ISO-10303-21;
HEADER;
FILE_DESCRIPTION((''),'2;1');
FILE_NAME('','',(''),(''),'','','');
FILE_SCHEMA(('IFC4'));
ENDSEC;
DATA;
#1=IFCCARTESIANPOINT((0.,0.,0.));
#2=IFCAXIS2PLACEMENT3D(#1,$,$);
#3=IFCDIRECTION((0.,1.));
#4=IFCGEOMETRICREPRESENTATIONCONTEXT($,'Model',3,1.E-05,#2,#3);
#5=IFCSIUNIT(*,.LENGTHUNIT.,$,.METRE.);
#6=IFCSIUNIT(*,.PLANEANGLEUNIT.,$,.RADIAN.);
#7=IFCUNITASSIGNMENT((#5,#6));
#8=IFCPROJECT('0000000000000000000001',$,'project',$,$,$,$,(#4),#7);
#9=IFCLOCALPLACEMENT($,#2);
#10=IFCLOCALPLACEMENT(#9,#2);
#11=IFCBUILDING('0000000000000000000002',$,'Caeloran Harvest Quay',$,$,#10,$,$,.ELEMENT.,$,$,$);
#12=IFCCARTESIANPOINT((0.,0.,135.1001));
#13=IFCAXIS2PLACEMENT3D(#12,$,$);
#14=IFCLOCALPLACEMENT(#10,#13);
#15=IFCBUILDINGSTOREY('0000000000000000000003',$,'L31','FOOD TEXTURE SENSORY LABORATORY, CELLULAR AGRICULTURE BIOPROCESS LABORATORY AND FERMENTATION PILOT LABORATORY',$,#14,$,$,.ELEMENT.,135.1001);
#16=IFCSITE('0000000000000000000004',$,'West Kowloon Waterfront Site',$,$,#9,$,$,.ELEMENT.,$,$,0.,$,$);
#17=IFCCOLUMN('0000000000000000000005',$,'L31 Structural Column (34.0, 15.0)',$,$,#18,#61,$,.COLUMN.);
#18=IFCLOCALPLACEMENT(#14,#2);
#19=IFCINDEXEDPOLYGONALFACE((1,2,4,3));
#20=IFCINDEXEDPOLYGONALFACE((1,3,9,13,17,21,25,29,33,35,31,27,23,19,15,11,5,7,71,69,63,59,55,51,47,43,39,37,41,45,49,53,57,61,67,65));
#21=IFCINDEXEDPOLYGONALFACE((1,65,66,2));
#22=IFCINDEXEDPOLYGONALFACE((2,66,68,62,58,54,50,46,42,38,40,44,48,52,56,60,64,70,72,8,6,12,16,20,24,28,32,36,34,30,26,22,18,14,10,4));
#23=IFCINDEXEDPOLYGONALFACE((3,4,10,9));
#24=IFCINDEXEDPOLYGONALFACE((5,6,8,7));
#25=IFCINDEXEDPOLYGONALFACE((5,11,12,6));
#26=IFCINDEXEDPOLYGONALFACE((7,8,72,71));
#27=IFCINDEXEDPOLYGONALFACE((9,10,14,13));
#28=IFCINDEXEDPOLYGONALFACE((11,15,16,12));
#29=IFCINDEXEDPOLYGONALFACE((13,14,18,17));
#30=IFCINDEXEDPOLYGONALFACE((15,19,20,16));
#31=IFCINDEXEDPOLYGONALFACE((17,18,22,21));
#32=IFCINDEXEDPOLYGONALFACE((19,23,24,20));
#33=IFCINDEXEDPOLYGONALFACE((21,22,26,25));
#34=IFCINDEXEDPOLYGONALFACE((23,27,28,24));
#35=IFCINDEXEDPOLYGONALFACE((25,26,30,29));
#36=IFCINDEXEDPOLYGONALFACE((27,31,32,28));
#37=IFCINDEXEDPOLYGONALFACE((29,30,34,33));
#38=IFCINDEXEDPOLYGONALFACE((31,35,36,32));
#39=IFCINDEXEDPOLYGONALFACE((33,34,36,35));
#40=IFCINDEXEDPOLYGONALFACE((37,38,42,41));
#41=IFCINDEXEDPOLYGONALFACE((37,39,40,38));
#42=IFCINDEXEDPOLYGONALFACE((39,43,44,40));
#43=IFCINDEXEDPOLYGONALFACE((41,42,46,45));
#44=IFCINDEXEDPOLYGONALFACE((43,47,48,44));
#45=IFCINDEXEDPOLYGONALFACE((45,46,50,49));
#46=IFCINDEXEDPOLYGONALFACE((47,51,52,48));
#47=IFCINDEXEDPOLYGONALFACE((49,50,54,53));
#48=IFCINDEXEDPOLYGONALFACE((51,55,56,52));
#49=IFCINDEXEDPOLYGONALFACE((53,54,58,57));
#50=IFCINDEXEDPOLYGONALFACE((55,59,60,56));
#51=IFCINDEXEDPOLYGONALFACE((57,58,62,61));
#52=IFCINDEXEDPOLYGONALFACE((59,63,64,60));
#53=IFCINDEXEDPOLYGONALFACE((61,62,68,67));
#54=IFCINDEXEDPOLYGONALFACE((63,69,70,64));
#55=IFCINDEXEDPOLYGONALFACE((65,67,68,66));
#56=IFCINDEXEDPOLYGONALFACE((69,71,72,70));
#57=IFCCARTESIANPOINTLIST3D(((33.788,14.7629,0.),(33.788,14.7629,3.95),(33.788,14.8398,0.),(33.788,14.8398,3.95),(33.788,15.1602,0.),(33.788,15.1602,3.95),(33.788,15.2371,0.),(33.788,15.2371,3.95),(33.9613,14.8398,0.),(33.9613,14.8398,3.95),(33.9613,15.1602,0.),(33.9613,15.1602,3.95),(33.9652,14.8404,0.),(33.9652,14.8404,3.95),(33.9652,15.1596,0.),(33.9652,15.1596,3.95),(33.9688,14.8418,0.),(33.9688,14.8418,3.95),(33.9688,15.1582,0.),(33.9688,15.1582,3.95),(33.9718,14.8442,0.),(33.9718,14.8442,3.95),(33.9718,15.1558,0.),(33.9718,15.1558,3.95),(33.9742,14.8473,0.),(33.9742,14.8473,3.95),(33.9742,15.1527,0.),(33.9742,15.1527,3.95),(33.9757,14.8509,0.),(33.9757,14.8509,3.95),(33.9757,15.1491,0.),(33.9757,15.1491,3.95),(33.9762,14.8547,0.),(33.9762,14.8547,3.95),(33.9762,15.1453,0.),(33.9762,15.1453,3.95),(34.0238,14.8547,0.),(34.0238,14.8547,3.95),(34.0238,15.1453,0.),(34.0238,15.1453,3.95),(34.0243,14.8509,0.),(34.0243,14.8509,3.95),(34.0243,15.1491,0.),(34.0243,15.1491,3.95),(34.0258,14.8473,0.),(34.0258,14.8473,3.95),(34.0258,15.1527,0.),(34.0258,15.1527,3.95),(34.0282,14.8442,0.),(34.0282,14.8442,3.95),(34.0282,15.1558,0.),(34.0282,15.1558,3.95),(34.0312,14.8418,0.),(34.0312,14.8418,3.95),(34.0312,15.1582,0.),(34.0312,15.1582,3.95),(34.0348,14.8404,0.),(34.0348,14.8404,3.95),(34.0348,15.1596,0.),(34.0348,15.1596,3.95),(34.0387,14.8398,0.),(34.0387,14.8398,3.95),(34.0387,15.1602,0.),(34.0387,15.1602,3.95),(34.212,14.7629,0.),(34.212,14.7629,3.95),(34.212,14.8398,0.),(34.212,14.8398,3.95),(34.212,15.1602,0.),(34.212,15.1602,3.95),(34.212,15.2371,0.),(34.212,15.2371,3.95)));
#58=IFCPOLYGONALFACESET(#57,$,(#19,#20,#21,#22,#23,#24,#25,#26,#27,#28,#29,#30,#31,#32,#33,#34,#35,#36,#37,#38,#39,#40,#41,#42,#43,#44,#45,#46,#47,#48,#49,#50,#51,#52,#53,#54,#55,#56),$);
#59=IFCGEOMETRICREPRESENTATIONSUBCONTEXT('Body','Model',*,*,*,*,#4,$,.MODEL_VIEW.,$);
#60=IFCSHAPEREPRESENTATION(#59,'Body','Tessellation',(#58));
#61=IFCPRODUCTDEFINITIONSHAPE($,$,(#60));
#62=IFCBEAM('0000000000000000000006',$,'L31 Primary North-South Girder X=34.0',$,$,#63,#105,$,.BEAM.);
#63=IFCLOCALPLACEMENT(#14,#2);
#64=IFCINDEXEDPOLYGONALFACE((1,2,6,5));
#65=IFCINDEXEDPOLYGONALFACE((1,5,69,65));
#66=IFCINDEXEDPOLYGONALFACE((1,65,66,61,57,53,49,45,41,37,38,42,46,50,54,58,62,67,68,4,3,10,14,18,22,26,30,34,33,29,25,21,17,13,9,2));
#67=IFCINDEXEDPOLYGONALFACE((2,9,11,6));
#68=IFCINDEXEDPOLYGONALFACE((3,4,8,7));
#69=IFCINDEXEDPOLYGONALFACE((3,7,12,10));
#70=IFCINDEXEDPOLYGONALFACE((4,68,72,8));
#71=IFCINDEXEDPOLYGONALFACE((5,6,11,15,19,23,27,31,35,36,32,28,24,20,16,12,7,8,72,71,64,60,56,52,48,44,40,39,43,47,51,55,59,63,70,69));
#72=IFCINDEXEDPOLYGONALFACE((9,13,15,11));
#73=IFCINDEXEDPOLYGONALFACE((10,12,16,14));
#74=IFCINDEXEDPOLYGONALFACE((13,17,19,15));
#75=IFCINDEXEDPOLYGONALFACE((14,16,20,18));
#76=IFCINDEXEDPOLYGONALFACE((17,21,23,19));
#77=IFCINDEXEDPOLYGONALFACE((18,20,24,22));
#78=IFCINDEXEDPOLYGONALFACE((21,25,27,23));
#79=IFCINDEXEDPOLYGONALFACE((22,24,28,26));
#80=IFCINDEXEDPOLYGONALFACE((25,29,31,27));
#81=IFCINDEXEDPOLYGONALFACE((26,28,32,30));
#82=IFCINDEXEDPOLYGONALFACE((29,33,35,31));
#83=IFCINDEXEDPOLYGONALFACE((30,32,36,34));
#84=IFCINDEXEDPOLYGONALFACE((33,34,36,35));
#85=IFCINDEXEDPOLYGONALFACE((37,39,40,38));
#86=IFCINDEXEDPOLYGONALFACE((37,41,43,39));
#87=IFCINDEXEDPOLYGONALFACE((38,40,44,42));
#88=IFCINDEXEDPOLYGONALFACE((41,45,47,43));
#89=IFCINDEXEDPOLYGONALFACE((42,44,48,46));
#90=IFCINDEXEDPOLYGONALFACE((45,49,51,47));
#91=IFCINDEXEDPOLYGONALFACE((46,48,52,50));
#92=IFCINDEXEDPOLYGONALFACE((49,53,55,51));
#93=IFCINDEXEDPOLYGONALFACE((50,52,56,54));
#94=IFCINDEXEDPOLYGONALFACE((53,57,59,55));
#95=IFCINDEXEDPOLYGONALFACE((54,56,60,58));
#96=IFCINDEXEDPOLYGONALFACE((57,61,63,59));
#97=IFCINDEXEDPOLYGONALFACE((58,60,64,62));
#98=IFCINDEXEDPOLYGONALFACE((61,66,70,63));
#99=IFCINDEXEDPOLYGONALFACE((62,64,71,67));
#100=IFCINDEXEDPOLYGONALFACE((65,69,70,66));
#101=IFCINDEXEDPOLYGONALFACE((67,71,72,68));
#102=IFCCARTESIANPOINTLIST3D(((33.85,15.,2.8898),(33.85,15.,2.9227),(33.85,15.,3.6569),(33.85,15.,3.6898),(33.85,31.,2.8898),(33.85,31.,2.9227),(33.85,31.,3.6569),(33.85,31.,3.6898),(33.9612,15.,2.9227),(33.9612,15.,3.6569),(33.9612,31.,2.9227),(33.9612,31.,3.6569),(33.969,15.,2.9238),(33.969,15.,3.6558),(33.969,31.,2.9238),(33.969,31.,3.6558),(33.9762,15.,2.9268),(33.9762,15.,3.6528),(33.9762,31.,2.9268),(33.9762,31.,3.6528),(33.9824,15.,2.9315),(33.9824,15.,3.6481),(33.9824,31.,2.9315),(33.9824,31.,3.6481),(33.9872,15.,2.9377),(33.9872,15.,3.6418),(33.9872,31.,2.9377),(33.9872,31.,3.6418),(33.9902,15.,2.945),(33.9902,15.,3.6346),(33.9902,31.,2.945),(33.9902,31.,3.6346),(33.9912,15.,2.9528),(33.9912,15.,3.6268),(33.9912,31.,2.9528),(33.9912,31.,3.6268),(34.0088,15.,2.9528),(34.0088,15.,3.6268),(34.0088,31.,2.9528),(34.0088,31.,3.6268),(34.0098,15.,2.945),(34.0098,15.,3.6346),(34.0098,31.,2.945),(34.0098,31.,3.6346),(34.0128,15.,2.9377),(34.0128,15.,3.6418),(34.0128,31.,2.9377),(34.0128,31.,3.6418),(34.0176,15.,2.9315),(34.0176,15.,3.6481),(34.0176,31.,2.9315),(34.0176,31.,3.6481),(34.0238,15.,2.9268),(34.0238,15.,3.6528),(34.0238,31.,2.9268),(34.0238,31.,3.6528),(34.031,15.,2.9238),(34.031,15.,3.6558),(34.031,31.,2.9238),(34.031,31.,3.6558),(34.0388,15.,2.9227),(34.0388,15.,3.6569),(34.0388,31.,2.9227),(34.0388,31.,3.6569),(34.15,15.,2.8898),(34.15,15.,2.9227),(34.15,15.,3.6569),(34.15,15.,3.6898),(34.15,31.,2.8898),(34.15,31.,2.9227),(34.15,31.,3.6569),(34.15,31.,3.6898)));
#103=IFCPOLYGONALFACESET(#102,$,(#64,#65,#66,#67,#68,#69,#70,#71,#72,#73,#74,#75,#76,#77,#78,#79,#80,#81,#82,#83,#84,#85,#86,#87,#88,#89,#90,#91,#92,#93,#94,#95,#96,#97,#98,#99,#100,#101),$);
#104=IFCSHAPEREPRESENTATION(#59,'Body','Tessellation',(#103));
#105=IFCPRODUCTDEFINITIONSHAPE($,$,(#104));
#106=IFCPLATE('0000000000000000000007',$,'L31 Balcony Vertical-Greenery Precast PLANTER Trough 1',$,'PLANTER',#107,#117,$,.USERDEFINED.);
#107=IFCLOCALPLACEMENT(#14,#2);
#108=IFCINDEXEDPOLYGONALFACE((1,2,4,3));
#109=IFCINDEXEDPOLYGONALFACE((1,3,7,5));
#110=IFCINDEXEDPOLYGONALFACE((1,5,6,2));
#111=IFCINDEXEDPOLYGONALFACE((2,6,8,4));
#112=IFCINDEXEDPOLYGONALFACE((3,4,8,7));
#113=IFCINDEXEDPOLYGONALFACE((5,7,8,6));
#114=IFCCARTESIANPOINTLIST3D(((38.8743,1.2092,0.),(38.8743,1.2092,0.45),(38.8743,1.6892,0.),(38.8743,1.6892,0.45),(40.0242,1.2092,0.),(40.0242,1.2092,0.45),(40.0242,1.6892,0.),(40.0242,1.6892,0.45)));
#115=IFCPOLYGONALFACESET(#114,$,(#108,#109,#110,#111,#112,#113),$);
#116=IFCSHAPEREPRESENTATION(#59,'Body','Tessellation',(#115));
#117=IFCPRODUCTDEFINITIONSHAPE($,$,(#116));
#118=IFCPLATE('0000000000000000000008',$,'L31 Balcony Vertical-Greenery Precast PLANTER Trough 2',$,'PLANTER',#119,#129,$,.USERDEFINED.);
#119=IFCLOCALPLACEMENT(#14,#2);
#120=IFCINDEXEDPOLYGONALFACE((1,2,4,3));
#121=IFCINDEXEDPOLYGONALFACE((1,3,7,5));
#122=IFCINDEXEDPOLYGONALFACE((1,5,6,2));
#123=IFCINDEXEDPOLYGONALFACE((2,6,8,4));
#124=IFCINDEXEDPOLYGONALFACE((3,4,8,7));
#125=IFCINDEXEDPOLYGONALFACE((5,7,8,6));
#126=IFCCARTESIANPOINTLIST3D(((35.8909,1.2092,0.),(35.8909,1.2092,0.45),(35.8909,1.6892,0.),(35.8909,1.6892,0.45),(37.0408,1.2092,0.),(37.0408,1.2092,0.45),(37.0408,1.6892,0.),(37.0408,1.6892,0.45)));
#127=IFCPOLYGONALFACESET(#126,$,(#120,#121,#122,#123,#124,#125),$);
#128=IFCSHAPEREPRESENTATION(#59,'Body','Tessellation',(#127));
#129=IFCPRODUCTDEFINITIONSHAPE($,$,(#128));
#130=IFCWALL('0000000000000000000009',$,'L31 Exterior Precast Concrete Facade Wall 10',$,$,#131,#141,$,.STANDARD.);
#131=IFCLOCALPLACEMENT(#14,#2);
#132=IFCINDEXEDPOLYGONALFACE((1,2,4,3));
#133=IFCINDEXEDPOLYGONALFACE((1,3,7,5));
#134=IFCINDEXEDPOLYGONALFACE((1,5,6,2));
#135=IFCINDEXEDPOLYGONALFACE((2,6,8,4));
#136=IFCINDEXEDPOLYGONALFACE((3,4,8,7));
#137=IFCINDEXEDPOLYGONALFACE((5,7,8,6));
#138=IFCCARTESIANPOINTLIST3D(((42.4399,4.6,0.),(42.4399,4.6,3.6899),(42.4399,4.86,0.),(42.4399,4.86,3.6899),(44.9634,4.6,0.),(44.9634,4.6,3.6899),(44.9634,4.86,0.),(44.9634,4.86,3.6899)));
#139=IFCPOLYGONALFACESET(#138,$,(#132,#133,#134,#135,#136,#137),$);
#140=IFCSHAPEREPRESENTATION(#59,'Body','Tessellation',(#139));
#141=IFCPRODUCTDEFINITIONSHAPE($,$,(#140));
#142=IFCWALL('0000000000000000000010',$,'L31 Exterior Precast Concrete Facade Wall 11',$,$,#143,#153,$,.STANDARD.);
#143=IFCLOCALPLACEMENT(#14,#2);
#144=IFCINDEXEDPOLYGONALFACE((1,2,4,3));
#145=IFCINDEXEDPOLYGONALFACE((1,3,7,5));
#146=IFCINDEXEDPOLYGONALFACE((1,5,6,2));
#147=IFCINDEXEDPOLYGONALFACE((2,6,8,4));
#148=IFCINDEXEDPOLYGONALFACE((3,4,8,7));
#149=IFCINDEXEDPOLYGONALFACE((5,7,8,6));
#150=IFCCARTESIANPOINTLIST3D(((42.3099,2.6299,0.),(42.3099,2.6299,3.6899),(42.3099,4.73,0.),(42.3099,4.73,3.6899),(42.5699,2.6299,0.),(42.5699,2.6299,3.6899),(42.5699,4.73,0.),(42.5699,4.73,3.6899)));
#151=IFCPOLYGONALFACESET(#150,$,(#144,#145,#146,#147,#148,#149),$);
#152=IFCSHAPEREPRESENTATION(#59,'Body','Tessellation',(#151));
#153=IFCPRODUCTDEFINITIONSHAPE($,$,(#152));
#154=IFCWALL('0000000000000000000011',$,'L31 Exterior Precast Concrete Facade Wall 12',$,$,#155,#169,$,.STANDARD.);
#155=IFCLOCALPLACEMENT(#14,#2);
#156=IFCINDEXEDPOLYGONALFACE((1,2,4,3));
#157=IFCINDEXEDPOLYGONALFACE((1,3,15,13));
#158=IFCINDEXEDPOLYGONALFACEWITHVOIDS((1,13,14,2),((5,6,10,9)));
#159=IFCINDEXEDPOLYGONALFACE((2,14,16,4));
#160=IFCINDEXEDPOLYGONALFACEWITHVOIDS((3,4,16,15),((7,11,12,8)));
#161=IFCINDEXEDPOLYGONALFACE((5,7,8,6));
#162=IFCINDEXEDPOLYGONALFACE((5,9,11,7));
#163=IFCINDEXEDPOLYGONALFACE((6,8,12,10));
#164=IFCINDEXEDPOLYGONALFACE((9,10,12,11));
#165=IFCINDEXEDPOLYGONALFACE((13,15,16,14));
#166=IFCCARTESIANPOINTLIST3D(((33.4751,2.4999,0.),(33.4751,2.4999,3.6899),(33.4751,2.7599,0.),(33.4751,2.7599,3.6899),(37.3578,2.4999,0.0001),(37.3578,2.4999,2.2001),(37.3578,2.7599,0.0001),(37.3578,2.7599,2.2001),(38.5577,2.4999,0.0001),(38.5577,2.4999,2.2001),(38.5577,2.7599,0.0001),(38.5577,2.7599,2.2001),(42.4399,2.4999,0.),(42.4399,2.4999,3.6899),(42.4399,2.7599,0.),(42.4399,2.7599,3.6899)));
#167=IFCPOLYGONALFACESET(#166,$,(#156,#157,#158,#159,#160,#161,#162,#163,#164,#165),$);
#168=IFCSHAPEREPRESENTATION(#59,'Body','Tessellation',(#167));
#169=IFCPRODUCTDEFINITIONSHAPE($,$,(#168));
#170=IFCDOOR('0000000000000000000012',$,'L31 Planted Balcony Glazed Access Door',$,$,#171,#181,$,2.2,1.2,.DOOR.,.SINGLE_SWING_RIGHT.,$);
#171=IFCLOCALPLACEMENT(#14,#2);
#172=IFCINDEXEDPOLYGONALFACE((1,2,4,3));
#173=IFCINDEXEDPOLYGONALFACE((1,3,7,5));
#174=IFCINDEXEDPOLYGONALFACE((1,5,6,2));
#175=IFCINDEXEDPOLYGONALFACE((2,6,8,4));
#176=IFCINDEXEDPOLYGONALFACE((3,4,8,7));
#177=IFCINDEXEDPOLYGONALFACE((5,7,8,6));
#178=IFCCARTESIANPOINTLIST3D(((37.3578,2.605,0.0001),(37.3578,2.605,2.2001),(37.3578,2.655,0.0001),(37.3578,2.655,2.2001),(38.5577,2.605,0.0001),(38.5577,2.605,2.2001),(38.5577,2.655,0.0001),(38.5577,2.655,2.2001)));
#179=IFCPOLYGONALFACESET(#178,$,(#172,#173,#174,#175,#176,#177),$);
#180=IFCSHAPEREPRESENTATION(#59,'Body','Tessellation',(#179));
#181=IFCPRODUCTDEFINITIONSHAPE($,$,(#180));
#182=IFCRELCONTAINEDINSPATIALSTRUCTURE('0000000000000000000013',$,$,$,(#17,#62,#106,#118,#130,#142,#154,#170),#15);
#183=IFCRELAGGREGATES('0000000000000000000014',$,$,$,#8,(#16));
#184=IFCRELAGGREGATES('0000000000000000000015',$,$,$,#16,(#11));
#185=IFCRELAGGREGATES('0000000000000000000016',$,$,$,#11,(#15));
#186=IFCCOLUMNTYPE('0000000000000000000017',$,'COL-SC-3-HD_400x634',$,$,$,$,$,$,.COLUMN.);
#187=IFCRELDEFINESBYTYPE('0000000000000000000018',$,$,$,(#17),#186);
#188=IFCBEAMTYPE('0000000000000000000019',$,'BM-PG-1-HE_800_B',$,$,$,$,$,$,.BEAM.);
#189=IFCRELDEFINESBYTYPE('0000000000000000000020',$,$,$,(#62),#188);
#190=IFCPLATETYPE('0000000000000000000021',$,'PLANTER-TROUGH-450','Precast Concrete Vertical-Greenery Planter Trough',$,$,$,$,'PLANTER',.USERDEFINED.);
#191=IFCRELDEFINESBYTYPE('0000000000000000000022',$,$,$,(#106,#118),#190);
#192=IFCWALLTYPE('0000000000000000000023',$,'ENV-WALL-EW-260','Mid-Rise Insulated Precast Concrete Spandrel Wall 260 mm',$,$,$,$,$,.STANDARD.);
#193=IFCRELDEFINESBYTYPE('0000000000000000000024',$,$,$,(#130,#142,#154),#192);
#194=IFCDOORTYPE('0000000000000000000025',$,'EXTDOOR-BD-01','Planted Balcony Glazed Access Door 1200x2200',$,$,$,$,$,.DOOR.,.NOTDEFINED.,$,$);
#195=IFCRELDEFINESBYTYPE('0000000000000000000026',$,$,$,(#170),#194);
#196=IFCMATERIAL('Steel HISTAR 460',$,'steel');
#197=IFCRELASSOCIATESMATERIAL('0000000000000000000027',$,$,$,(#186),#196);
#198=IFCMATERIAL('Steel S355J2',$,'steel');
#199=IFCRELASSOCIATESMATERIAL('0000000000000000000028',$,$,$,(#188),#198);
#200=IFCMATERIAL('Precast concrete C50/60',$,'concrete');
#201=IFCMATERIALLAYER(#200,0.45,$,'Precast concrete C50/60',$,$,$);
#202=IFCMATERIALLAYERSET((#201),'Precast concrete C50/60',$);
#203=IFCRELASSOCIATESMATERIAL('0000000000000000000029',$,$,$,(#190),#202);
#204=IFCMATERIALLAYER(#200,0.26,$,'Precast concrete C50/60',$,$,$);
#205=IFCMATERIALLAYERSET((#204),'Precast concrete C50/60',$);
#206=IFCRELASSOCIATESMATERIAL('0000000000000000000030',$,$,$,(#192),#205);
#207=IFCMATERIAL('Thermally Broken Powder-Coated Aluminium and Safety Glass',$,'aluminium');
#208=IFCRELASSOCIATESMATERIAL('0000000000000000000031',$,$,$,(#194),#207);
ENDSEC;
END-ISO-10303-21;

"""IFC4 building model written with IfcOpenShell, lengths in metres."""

from ifc_helpers import new_model, si_unit, direction, frame, frame_2d, origin, origin_2d, place, context, subcontext, project, spatial, rectangle, i_section, extrude, material, layer, layer_set, material_profile, profile_set, type_object, element, fill, save


model = new_model("IFC4")

# Units and contexts
model_context = context("Model", 3, precision=1e-05, world=origin(), true_north=direction((0.0, 1.0)))
body_context = subcontext(model_context, "Body", "Model", "MODEL_VIEW")
ifc_project = project(units=[si_unit("LENGTHUNIT", "METRE"), si_unit("PLANEANGLEUNIT", "RADIAN")], contexts=[model_context])

# Site, building, storey
site_placement = place(None, origin())
site = spatial("IfcSite", under=ifc_project, at=site_placement, Name="West Kowloon Waterfront Site", CompositionType="ELEMENT", RefElevation=0.0)
building_placement = place(site_placement, origin())
building = spatial("IfcBuilding", under=site, at=building_placement, Name="Caeloran Harvest Quay", CompositionType="ELEMENT")
storey_placement = place(building_placement, frame((0.0, 0.0, 135.1001)))
storey = spatial("IfcBuildingStorey", under=building, at=storey_placement, Name="L31", Description="FOOD TEXTURE SENSORY LABORATORY, CELLULAR AGRICULTURE BIOPROCESS LABORATORY AND FERMENTATION PILOT LABORATORY", CompositionType="ELEMENT", Elevation=135.1001)

# Column
ifc_material_1 = material(Name="Steel HISTAR 460", Category="steel")
ifc_material_profile_1 = material_profile(ifc_material_1, i_section(OverallWidth=0.4241, OverallDepth=0.4741, WebThickness=0.0476, FlangeThickness=0.0769, FilletRadius=0.0149, at=origin_2d()), Name="HD 400x634")
ifc_profile_set_1 = profile_set([ifc_material_profile_1], Name="Steel HISTAR 460")
column_type = type_object("IfcColumnType", Name="COL-SC-3-HD_400x634", PredefinedType="COLUMN", material=ifc_profile_set_1)
column_placement = place(storey_placement, frame((34.0, 15.0, 0.0), z_axis=(0.0, 0.0, 1.0), x_axis=(1.0, 0.0, 0.0)))
element("IfcColumn", 1, at=column_placement, inside=storey, type_object=column_type, Name="L31 Structural Column (34.0, 15.0)", PredefinedType="COLUMN", context=body_context, shape_type="SweptSolid", body=[
    extrude(i_section(OverallWidth=0.4241, OverallDepth=0.4741, WebThickness=0.0476, FlangeThickness=0.0769, FilletRadius=0.0149, at=origin_2d()), origin(), (0.0, 0.0, 1.0), 3.95),
])

# Beam
ifc_material_2 = material(Name="Steel S355J2", Category="steel")
ifc_material_profile_2 = material_profile(ifc_material_2, i_section(OverallWidth=0.3, OverallDepth=0.8, WebThickness=0.0176, FlangeThickness=0.033, FilletRadius=0.03, at=origin_2d()), Name="HE 800 B")
ifc_profile_set_2 = profile_set([ifc_material_profile_2], Name="Steel S355J2")
beam_type = type_object("IfcBeamType", Name="BM-PG-1-HE_800_B", PredefinedType="BEAM", material=ifc_profile_set_2)
beam_placement = place(storey_placement, frame((34.0, 15.0, 3.2898), z_axis=(0.0, 1.0, 0.0), x_axis=(-1.0, 0.0, 0.0)))
element("IfcBeam", 2, at=beam_placement, inside=storey, type_object=beam_type, Name="L31 Primary North-South Girder X=34.0", PredefinedType="BEAM", context=body_context, shape_type="SweptSolid", body=[
    extrude(i_section(OverallWidth=0.3, OverallDepth=0.8, WebThickness=0.0176, FlangeThickness=0.033, FilletRadius=0.03, at=origin_2d()), origin(), (0.0, 0.0, 1.0), 16.0),
])

# Plates
ifc_material_3 = material(Name="Precast concrete C50/60", Category="concrete")
ifc_layer_1 = layer(ifc_material_3, 0.45, Name="Precast concrete C50/60")
ifc_layer_set_1 = layer_set([ifc_layer_1], Name="Precast concrete C50/60")
plate_type = type_object("IfcPlateType", Name="PLANTER-TROUGH-450", Description="Precast Concrete Vertical-Greenery Planter Trough", ElementType="PLANTER", PredefinedType="USERDEFINED", material=ifc_layer_set_1)
for number, where, z_axis, x_axis, name in (
    (3, (39.4492, 1.4492, 0.0), (0.0, 0.0, 1.0), (1.0, 0.0, 0.0), "L31 Balcony Vertical-Greenery Precast PLANTER Trough 1"),
    (4, (36.4658, 1.4492, 0.0), (0.0, 0.0, 1.0), (1.0, 0.0, 0.0), "L31 Balcony Vertical-Greenery Precast PLANTER Trough 2"),
):
    element("IfcPlate", number, at=place(storey_placement, frame(where, z_axis=z_axis, x_axis=x_axis)), inside=storey, type_object=plate_type, Name=name, ObjectType="PLANTER", PredefinedType="USERDEFINED", context=body_context, shape_type="SweptSolid", body=[
        extrude(rectangle(XDim=1.1499, YDim=0.48, at=origin_2d()), origin(), (0.0, 0.0, 1.0), 0.45),
    ])

# Walls
ifc_layer_2 = layer(ifc_material_3, 0.26, Name="Precast concrete C50/60")
ifc_layer_set_2 = layer_set([ifc_layer_2], Name="Precast concrete C50/60")
wall_type_1 = type_object("IfcWallType", Name="ENV-WALL-EW-260", Description="Mid-Rise Insulated Precast Concrete Spandrel Wall 260 mm", PredefinedType="STANDARD", material=ifc_layer_set_2)
wall_1_placement = place(storey_placement, frame((44.9634, 4.73, 0.0), z_axis=(0.0, 0.0, 1.0), x_axis=(-1.0, 0.0, 0.0)))
element("IfcWall", 5, at=wall_1_placement, inside=storey, type_object=wall_type_1, Name="L31 Exterior Precast Concrete Facade Wall 10", PredefinedType="STANDARD", context=body_context, shape_type="SweptSolid", body=[
    extrude(rectangle(XDim=2.5234, YDim=0.26, at=frame_2d((1.2617, 0.0))), origin(), (0.0, 0.0, 1.0), 3.6899),
])
wall_2_placement = place(storey_placement, frame((42.4399, 4.73, 0.0), z_axis=(0.0, 0.0, 1.0), x_axis=(0.0, -1.0, 0.0)))
element("IfcWall", 6, at=wall_2_placement, inside=storey, type_object=wall_type_1, Name="L31 Exterior Precast Concrete Facade Wall 11", PredefinedType="STANDARD", context=body_context, shape_type="SweptSolid", body=[
    extrude(rectangle(XDim=2.1001, YDim=0.26, at=frame_2d((1.05, 0.0))), origin(), (0.0, 0.0, 1.0), 3.6899),
])

# Wall, opening, door
wall_3_placement = place(storey_placement, frame((42.4399, 2.6299, 0.0), z_axis=(0.0, 0.0, 1.0), x_axis=(-1.0, 0.0, 0.0)))
wall_3 = element("IfcWall", 7, at=wall_3_placement, inside=storey, type_object=wall_type_1, Name="L31 Exterior Precast Concrete Facade Wall 12", PredefinedType="STANDARD", context=body_context, shape_type="SweptSolid", body=[
    extrude(rectangle(XDim=8.9648, YDim=0.26, at=frame_2d((4.4824, 0.0))), origin(), (0.0, 0.0, 1.0), 3.6899),
])
opening_placement = place(wall_3_placement, frame((3.8821, 0.0, 0.0)))
opening = element("IfcOpeningElement", 8, at=opening_placement, cuts=wall_3, PredefinedType="OPENING", context=body_context, shape_type="SweptSolid", body=[
    extrude(rectangle(XDim=1.2, YDim=2.2, at=frame_2d((0.6001, 1.1001))), frame((0.0, 0.1401, 0.0), z_axis=(0.0, -1.0, 0.0), x_axis=(1.0, 0.0, 0.0)), (0.0, 0.0, 1.0), 0.28),
])
ifc_material_4 = material(Name="Thermally Broken Powder-Coated Aluminium and Safety Glass", Category="aluminium")
door_type = type_object("IfcDoorType", Name="EXTDOOR-BD-01", Description="Planted Balcony Glazed Access Door 1200x2200", OperationType="NOTDEFINED", PredefinedType="DOOR", material=ifc_material_4)
door_placement = place(opening_placement, origin())
door = element("IfcDoor", 9, at=door_placement, inside=storey, type_object=door_type, Name="L31 Planted Balcony Glazed Access Door", OperationType="SINGLE_SWING_RIGHT", OverallHeight=2.2, OverallWidth=1.2, PredefinedType="DOOR", context=body_context, shape_type="SweptSolid", body=[
    extrude(rectangle(XDim=1.2, YDim=2.2, at=frame_2d((0.6001, 1.1001))), frame((0.0, 0.0249, 0.0), z_axis=(0.0, -1.0, 0.0), x_axis=(1.0, 0.0, 0.0)), (0.0, 0.0, 1.0), 0.05),
])
fill(opening, door)

save(model, "model.ifc")
